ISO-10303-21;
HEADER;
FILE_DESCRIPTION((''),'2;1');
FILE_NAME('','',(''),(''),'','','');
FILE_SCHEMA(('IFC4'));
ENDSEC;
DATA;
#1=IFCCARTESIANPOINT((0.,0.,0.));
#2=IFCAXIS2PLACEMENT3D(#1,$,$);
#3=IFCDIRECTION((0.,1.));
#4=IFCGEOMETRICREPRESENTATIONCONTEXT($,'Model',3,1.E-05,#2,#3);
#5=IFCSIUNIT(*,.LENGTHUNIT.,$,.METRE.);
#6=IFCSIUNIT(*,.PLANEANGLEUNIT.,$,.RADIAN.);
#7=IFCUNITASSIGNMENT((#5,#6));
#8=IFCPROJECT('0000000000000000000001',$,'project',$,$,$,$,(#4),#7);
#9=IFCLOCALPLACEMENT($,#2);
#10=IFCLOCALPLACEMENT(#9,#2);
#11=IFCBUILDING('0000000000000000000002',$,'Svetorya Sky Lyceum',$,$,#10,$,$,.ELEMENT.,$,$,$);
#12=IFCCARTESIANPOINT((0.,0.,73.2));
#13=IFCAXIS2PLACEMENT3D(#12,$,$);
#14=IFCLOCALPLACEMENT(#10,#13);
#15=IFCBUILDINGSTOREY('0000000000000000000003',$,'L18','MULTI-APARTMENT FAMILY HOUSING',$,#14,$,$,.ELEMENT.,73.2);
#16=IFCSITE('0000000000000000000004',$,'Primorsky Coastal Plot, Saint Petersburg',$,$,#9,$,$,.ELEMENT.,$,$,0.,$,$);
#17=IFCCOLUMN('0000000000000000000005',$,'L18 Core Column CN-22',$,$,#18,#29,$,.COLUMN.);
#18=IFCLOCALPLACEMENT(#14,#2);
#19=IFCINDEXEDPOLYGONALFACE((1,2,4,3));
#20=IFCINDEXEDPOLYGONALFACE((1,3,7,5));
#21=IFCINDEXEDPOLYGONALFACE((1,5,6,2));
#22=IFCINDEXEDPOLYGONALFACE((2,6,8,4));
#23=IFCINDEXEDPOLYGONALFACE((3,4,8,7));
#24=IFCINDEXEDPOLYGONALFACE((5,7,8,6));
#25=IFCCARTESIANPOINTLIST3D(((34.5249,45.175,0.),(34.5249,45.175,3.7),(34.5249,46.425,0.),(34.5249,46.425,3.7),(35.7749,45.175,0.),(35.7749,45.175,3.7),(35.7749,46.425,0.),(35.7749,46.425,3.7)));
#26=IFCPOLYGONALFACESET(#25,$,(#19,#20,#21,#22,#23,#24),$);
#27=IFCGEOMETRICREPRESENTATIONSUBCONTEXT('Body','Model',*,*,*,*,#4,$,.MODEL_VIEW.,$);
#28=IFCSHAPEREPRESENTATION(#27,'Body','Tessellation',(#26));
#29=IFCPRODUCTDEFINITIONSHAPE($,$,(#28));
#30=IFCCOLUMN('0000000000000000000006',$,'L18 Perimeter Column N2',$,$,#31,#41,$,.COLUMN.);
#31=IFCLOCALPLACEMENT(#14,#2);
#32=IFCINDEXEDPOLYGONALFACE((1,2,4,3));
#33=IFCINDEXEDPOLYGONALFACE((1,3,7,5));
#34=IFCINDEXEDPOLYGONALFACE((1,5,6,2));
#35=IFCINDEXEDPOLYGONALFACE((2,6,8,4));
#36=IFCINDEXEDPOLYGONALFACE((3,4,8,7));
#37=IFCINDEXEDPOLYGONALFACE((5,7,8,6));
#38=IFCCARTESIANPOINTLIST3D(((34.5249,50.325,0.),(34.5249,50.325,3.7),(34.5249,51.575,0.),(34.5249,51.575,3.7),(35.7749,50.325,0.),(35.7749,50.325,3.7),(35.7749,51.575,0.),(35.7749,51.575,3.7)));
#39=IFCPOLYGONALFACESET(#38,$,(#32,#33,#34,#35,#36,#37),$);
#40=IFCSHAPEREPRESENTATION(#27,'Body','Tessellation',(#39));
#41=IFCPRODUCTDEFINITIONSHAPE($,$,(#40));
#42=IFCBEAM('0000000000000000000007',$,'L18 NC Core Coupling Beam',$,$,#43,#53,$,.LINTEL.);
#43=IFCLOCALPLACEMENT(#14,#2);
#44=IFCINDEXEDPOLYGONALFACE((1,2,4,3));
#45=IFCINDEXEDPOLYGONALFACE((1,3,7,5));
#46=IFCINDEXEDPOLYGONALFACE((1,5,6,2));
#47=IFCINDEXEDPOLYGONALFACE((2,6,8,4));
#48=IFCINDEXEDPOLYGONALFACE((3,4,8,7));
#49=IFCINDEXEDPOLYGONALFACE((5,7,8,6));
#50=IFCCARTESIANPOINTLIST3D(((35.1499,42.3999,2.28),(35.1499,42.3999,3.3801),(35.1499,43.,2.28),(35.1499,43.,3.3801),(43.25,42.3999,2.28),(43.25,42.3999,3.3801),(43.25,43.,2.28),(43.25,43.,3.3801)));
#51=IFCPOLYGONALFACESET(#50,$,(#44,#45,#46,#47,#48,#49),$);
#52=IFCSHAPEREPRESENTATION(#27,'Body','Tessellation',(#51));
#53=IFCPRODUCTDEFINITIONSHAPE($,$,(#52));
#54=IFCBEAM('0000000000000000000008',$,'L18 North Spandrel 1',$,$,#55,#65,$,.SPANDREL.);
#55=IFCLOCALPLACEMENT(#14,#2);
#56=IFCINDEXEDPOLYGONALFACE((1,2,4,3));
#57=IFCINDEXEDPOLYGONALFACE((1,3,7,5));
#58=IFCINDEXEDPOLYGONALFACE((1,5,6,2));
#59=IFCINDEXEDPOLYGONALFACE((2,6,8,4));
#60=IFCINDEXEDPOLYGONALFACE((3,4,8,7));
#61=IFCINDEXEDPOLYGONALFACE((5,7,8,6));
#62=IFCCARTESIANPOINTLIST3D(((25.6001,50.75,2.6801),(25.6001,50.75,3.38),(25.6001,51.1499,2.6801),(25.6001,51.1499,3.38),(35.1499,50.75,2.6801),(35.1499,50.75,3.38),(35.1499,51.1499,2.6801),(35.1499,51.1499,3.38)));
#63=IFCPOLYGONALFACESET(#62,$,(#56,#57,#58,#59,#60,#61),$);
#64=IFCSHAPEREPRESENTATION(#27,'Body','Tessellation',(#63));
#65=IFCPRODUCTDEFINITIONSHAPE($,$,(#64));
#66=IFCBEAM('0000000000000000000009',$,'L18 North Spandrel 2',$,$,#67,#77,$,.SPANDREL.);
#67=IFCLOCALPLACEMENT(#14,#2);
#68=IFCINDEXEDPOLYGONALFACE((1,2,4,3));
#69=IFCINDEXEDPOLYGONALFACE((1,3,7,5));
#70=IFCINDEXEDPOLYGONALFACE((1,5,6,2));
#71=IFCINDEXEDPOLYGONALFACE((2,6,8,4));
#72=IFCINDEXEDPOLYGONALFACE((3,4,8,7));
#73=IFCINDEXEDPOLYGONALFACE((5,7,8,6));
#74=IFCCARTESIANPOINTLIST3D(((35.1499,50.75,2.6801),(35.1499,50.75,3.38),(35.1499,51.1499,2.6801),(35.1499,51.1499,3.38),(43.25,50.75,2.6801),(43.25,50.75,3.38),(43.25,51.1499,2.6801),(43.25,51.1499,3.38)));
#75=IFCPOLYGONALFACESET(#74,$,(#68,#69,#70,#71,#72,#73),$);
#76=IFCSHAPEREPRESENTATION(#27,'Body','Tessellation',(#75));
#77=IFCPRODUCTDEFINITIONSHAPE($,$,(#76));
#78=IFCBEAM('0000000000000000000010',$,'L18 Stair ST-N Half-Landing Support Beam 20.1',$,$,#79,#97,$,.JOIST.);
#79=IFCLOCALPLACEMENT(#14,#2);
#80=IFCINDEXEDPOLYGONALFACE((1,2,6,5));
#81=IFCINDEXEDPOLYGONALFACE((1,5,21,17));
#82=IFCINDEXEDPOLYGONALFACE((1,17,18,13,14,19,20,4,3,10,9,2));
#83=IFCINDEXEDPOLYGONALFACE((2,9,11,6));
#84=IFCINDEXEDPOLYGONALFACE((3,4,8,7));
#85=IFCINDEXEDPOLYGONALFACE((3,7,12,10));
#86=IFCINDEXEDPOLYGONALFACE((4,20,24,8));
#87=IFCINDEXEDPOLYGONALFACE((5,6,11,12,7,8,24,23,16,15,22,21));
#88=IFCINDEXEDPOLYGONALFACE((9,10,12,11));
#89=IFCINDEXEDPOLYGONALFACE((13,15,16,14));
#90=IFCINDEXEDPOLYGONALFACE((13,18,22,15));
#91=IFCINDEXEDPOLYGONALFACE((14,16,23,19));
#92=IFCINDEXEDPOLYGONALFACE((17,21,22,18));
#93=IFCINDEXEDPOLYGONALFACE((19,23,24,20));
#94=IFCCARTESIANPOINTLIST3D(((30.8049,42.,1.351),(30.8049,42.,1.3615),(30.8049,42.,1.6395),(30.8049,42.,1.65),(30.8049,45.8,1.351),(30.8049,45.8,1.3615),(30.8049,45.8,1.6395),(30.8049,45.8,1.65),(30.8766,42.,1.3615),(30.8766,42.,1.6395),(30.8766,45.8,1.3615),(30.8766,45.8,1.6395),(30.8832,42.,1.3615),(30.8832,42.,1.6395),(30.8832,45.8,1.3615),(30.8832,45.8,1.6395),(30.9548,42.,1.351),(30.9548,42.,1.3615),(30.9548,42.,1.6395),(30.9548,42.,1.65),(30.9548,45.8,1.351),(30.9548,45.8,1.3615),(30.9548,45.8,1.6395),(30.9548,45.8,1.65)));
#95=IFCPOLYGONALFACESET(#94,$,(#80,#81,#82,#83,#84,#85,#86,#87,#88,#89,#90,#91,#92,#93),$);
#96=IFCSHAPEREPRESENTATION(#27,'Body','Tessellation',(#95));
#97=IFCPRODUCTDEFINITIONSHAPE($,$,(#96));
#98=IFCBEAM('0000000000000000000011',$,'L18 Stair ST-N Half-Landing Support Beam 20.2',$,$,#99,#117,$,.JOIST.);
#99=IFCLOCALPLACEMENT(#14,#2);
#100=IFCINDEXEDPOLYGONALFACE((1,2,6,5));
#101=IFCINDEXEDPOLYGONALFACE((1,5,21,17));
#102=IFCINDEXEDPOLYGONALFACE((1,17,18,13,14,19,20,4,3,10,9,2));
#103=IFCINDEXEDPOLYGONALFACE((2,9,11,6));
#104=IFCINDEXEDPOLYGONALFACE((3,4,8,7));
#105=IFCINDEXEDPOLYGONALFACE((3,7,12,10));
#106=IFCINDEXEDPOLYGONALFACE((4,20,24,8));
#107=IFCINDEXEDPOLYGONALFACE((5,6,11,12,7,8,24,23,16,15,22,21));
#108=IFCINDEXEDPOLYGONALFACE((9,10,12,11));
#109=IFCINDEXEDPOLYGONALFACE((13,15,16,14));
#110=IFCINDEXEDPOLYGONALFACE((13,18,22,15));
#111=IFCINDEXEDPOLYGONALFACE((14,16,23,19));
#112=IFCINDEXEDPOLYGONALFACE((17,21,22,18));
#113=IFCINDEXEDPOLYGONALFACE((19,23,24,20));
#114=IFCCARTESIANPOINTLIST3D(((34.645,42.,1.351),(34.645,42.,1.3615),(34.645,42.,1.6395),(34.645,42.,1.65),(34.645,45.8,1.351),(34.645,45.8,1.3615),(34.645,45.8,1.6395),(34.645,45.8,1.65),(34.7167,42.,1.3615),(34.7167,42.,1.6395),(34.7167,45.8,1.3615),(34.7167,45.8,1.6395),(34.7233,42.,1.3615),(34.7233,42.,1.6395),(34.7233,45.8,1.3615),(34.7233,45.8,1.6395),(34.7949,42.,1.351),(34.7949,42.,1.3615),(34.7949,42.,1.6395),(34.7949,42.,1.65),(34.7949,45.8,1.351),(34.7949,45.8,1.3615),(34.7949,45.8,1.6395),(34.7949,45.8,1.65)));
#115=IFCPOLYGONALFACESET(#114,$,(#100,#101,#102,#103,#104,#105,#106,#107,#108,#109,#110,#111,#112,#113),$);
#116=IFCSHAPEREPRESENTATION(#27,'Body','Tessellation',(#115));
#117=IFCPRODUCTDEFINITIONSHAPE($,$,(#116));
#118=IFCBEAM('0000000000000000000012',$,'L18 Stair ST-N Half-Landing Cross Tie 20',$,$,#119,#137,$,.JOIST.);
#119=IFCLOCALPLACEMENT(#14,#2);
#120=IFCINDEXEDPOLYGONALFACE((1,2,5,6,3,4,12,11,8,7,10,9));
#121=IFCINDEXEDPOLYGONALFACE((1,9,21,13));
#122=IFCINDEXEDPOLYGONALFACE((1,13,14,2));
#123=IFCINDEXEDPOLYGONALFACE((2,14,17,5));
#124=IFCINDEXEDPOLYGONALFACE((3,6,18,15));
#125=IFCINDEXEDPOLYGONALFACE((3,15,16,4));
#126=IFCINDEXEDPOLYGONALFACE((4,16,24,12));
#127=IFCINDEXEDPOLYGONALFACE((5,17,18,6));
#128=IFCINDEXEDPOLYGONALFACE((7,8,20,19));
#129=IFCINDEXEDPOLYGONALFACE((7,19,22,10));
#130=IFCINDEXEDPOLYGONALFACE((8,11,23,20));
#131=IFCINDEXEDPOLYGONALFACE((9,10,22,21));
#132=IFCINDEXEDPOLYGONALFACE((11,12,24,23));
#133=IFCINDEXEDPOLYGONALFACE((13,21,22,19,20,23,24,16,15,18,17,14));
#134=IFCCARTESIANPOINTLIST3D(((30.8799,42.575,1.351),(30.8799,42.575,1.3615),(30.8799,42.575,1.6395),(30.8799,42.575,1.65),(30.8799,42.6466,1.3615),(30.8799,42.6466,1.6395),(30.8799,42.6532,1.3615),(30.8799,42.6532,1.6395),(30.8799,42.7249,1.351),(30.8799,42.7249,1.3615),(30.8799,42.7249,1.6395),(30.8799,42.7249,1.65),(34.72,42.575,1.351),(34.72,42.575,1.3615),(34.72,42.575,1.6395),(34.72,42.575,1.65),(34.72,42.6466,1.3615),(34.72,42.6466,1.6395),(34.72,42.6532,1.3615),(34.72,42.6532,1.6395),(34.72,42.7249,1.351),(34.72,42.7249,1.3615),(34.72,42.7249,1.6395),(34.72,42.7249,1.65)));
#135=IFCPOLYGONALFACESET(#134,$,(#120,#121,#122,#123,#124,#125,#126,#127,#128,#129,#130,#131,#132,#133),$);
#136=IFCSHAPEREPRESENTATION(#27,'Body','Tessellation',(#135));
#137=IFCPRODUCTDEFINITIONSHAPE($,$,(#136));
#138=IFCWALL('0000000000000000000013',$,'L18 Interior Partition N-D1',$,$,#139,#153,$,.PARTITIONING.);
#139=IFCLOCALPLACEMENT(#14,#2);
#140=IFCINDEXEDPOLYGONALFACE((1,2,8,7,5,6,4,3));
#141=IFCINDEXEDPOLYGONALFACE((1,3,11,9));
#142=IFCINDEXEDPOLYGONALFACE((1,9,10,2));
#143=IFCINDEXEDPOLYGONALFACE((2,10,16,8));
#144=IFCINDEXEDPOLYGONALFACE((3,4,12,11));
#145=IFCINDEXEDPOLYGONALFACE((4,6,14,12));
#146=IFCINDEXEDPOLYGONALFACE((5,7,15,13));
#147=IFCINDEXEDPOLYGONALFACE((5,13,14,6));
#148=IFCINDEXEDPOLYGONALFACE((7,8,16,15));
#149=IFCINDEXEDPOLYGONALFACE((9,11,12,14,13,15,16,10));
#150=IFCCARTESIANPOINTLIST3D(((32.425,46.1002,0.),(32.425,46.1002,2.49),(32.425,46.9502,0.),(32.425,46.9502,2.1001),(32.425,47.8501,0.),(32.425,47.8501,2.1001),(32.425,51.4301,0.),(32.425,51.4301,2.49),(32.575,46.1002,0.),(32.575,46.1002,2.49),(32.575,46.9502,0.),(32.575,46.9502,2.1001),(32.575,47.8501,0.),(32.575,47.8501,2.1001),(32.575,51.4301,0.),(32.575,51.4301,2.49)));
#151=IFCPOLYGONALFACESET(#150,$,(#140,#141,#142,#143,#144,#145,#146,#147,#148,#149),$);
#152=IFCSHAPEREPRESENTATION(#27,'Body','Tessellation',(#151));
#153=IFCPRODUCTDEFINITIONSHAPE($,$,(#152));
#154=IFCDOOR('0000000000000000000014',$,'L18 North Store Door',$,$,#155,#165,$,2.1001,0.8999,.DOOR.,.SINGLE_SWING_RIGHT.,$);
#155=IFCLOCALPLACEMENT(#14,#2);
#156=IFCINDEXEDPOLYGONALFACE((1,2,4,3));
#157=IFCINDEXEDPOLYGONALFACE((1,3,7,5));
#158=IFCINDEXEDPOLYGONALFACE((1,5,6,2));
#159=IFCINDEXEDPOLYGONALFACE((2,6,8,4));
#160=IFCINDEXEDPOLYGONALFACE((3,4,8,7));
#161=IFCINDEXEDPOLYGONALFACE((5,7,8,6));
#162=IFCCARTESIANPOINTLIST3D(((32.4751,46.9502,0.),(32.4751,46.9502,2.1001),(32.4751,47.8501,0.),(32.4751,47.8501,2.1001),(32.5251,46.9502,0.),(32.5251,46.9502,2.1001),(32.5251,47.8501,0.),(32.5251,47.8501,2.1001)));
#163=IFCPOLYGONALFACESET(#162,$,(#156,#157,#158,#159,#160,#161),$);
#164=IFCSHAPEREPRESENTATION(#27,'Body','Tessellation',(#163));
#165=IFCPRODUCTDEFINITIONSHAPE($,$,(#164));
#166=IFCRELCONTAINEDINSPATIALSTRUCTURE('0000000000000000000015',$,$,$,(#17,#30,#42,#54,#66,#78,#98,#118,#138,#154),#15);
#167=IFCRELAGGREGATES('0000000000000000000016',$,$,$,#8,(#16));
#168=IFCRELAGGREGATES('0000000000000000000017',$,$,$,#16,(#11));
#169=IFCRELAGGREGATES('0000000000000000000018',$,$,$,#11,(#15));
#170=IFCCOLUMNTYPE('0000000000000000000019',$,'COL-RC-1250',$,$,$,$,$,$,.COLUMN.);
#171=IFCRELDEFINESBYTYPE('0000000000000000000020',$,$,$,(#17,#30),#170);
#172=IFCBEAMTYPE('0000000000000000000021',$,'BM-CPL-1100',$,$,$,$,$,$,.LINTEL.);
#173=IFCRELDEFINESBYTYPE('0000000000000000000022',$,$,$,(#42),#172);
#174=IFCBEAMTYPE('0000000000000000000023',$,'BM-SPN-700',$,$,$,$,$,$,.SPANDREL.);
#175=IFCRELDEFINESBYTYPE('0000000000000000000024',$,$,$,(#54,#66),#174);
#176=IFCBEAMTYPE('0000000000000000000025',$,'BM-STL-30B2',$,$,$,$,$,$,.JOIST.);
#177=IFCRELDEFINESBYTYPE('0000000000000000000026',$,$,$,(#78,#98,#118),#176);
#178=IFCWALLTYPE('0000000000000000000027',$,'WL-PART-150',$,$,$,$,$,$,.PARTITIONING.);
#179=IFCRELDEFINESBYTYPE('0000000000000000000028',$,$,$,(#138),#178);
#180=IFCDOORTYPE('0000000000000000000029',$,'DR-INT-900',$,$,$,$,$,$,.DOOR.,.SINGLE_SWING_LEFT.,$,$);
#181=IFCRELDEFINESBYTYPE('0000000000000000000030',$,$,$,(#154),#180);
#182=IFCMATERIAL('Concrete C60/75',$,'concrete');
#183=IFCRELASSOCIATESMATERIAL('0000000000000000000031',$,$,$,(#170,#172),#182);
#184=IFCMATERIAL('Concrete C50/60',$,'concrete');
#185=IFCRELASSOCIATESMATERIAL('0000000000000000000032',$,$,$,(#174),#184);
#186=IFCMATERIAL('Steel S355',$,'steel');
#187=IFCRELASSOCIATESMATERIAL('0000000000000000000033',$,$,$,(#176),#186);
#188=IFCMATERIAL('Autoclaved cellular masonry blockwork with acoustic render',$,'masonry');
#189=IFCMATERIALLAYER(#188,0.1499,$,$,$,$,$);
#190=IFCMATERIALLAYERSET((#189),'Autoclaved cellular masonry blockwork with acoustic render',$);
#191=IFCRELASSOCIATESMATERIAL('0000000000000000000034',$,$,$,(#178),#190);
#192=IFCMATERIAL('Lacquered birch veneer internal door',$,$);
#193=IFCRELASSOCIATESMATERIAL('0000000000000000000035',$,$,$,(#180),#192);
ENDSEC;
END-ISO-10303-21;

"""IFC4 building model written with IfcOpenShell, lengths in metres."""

from ifc_helpers import new_model, si_unit, direction, frame, frame_2d, origin, origin_2d, place, context, subcontext, project, spatial, rectangle, i_section, extrude, material, layer, layer_set, material_profile, profile_set, type_object, element, fill, save


model = new_model("IFC4")

# Units and contexts
model_context = context("Model", 3, precision=1e-05, world=origin(), true_north=direction((0.0, 1.0)))
body_context = subcontext(model_context, "Body", "Model", "MODEL_VIEW")
ifc_project = project(units=[si_unit("LENGTHUNIT", "METRE"), si_unit("PLANEANGLEUNIT", "RADIAN")], contexts=[model_context])

# Site, building, storey
site_placement = place(None, origin())
site = spatial("IfcSite", under=ifc_project, at=site_placement, Name="Primorsky Coastal Plot, Saint Petersburg", CompositionType="ELEMENT", RefElevation=0.0)
building_placement = place(site_placement, origin())
building = spatial("IfcBuilding", under=site, at=building_placement, Name="Svetorya Sky Lyceum", CompositionType="ELEMENT")
storey_placement = place(building_placement, frame((0.0, 0.0, 73.2)))
storey = spatial("IfcBuildingStorey", under=building, at=storey_placement, Name="L18", Description="MULTI-APARTMENT FAMILY HOUSING", CompositionType="ELEMENT", Elevation=73.2)

# Columns
ifc_material_1 = material(Name="Concrete C60/75", Category="concrete")
ifc_material_profile_1 = material_profile(ifc_material_1, rectangle(XDim=1.25, YDim=1.25, at=origin_2d()), Name="RC COL 1250x1250")
ifc_profile_set_1 = profile_set([ifc_material_profile_1], Name="Concrete C60/75")
column_type = type_object("IfcColumnType", Name="COL-RC-1250", PredefinedType="COLUMN", material=ifc_profile_set_1)
for number, where, z_axis, x_axis, name in (
    (1, (35.1499, 45.8, 0.0), (0.0, 0.0, 1.0), (1.0, 0.0, 0.0), "L18 Core Column CN-22"),
    (2, (35.1499, 50.95, 0.0), (0.0, 0.0, 1.0), (1.0, 0.0, 0.0), "L18 Perimeter Column N2"),
):
    element("IfcColumn", number, at=place(storey_placement, frame(where, z_axis=z_axis, x_axis=x_axis)), inside=storey, type_object=column_type, Name=name, PredefinedType="COLUMN", context=body_context, shape_type="SweptSolid", body=[
        extrude(rectangle(XDim=1.25, YDim=1.25, at=origin_2d()), origin(), (0.0, 0.0, 1.0), 3.7),
    ])

# Beams
ifc_material_profile_2 = material_profile(ifc_material_1, rectangle(XDim=0.6001, YDim=1.1001, at=origin_2d()), Name="RC COUPLING 600x1100")
ifc_profile_set_2 = profile_set([ifc_material_profile_2], Name="Concrete C60/75")
beam_type_1 = type_object("IfcBeamType", Name="BM-CPL-1100", PredefinedType="LINTEL", material=ifc_profile_set_2)
beam_1_placement = place(storey_placement, frame((35.1499, 42.7, 2.8301), z_axis=(1.0, 0.0, 0.0), x_axis=(0.0, 1.0, 0.0)))
element("IfcBeam", 3, at=beam_1_placement, inside=storey, type_object=beam_type_1, Name="L18 NC Core Coupling Beam", PredefinedType="LINTEL", context=body_context, shape_type="SweptSolid", body=[
    extrude(rectangle(XDim=0.6001, YDim=1.1001, at=origin_2d()), origin(), (0.0, 0.0, 1.0), 8.1001),
])
ifc_material_2 = material(Name="Concrete C50/60", Category="concrete")
ifc_material_profile_3 = material_profile(ifc_material_2, rectangle(XDim=0.3999, YDim=0.7, at=origin_2d()), Name="RC SPANDREL 400x700")
ifc_profile_set_3 = profile_set([ifc_material_profile_3], Name="Concrete C50/60")
beam_type_2 = type_object("IfcBeamType", Name="BM-SPN-700", PredefinedType="SPANDREL", material=ifc_profile_set_3)
beam_2_placement = place(storey_placement, frame((25.6001, 50.95, 3.03), z_axis=(1.0, 0.0, 0.0), x_axis=(0.0, 1.0, 0.0)))
element("IfcBeam", 4, at=beam_2_placement, inside=storey, type_object=beam_type_2, Name="L18 North Spandrel 1", PredefinedType="SPANDREL", context=body_context, shape_type="SweptSolid", body=[
    extrude(rectangle(XDim=0.3999, YDim=0.7, at=origin_2d()), origin(), (0.0, 0.0, 1.0), 9.5498),
])
beam_3_placement = place(storey_placement, frame((35.1499, 50.95, 3.03), z_axis=(1.0, 0.0, 0.0), x_axis=(0.0, 1.0, 0.0)))
element("IfcBeam", 5, at=beam_3_placement, inside=storey, type_object=beam_type_2, Name="L18 North Spandrel 2", PredefinedType="SPANDREL", context=body_context, shape_type="SweptSolid", body=[
    extrude(rectangle(XDim=0.3999, YDim=0.7, at=origin_2d()), origin(), (0.0, 0.0, 1.0), 8.1001),
])
ifc_material_3 = material(Name="Steel S355", Category="steel")
ifc_material_profile_4 = material_profile(ifc_material_3, i_section(OverallWidth=0.1499, OverallDepth=0.2991, WebThickness=0.0066, FlangeThickness=0.0105, at=origin_2d()), Name="GOST 30B2")
ifc_profile_set_4 = profile_set([ifc_material_profile_4], Name="Steel S355")
beam_type_3 = type_object("IfcBeamType", Name="BM-STL-30B2", PredefinedType="JOIST", material=ifc_profile_set_4)
for number, where, z_axis, x_axis, name in (
    (6, (30.8799, 42.0, 1.5005), (0.0, 1.0, 0.0), (-1.0, 0.0, 0.0), "L18 Stair ST-N Half-Landing Support Beam 20.1"),
    (7, (34.72, 42.0, 1.5005), (0.0, 1.0, 0.0), (-1.0, 0.0, 0.0), "L18 Stair ST-N Half-Landing Support Beam 20.2"),
):
    element("IfcBeam", number, at=place(storey_placement, frame(where, z_axis=z_axis, x_axis=x_axis)), inside=storey, type_object=beam_type_3, Name=name, PredefinedType="JOIST", context=body_context, shape_type="SweptSolid", body=[
        extrude(i_section(OverallWidth=0.1499, OverallDepth=0.2991, WebThickness=0.0066, FlangeThickness=0.0105, at=origin_2d()), origin(), (0.0, 0.0, 1.0), 3.8),
    ])
beam_4_placement = place(storey_placement, frame((30.8799, 42.6499, 1.5005), z_axis=(1.0, 0.0, 0.0), x_axis=(0.0, 1.0, 0.0)))
element("IfcBeam", 8, at=beam_4_placement, inside=storey, type_object=beam_type_3, Name="L18 Stair ST-N Half-Landing Cross Tie 20", PredefinedType="JOIST", context=body_context, shape_type="SweptSolid", body=[
    extrude(i_section(OverallWidth=0.1499, OverallDepth=0.2991, WebThickness=0.0066, FlangeThickness=0.0105, at=origin_2d()), origin(), (0.0, 0.0, 1.0), 3.8401),
])

# Wall, opening, door
ifc_material_4 = material(Name="Autoclaved cellular masonry blockwork with acoustic render", Category="masonry")
ifc_layer = layer(ifc_material_4, 0.1499)
ifc_layer_set = layer_set([ifc_layer], Name="Autoclaved cellular masonry blockwork with acoustic render")
wall_type = type_object("IfcWallType", Name="WL-PART-150", PredefinedType="PARTITIONING", material=ifc_layer_set)
wall_placement = place(storey_placement, frame((32.5, 46.1001, 0.0), z_axis=(0.0, 0.0, 1.0), x_axis=(0.0, 1.0, 0.0)))
wall = element("IfcWall", 9, at=wall_placement, inside=storey, type_object=wall_type, Name="L18 Interior Partition N-D1", PredefinedType="PARTITIONING", context=body_context, shape_type="SweptSolid", body=[
    extrude(rectangle(XDim=5.3298, YDim=0.1499, at=frame_2d((2.665, 0.0))), origin(), (0.0, 0.0, 1.0), 2.49),
])
opening_placement = place(wall_placement, frame((0.8501, 0.0, 0.0)))
opening = element("IfcOpeningElement", 10, at=opening_placement, cuts=wall, PredefinedType="OPENING", context=body_context, shape_type="SweptSolid", body=[
    extrude(rectangle(XDim=0.8999, YDim=2.1001, at=frame_2d((0.45, 1.05))), frame((0.0, 0.085, 0.0), z_axis=(0.0, -1.0, 0.0), x_axis=(1.0, 0.0, 0.0)), (0.0, 0.0, 1.0), 0.1699),
])
ifc_material_5 = material(Name="Lacquered birch veneer internal door")
door_type = type_object("IfcDoorType", Name="DR-INT-900", OperationType="SINGLE_SWING_LEFT", PredefinedType="DOOR", material=ifc_material_5)
door_placement = place(opening_placement, origin())
door = element("IfcDoor", 11, at=door_placement, inside=storey, type_object=door_type, Name="L18 North Store Door", OperationType="SINGLE_SWING_RIGHT", OverallHeight=2.1001, OverallWidth=0.8999, PredefinedType="DOOR", context=body_context, shape_type="SweptSolid", body=[
    extrude(rectangle(XDim=0.8999, YDim=2.1001, at=frame_2d((0.45, 1.05))), frame((0.0, 0.0249, 0.0), z_axis=(0.0, -1.0, 0.0), x_axis=(1.0, 0.0, 0.0)), (0.0, 0.0, 1.0), 0.05),
])
fill(opening, door)

save(model, "model.ifc")
